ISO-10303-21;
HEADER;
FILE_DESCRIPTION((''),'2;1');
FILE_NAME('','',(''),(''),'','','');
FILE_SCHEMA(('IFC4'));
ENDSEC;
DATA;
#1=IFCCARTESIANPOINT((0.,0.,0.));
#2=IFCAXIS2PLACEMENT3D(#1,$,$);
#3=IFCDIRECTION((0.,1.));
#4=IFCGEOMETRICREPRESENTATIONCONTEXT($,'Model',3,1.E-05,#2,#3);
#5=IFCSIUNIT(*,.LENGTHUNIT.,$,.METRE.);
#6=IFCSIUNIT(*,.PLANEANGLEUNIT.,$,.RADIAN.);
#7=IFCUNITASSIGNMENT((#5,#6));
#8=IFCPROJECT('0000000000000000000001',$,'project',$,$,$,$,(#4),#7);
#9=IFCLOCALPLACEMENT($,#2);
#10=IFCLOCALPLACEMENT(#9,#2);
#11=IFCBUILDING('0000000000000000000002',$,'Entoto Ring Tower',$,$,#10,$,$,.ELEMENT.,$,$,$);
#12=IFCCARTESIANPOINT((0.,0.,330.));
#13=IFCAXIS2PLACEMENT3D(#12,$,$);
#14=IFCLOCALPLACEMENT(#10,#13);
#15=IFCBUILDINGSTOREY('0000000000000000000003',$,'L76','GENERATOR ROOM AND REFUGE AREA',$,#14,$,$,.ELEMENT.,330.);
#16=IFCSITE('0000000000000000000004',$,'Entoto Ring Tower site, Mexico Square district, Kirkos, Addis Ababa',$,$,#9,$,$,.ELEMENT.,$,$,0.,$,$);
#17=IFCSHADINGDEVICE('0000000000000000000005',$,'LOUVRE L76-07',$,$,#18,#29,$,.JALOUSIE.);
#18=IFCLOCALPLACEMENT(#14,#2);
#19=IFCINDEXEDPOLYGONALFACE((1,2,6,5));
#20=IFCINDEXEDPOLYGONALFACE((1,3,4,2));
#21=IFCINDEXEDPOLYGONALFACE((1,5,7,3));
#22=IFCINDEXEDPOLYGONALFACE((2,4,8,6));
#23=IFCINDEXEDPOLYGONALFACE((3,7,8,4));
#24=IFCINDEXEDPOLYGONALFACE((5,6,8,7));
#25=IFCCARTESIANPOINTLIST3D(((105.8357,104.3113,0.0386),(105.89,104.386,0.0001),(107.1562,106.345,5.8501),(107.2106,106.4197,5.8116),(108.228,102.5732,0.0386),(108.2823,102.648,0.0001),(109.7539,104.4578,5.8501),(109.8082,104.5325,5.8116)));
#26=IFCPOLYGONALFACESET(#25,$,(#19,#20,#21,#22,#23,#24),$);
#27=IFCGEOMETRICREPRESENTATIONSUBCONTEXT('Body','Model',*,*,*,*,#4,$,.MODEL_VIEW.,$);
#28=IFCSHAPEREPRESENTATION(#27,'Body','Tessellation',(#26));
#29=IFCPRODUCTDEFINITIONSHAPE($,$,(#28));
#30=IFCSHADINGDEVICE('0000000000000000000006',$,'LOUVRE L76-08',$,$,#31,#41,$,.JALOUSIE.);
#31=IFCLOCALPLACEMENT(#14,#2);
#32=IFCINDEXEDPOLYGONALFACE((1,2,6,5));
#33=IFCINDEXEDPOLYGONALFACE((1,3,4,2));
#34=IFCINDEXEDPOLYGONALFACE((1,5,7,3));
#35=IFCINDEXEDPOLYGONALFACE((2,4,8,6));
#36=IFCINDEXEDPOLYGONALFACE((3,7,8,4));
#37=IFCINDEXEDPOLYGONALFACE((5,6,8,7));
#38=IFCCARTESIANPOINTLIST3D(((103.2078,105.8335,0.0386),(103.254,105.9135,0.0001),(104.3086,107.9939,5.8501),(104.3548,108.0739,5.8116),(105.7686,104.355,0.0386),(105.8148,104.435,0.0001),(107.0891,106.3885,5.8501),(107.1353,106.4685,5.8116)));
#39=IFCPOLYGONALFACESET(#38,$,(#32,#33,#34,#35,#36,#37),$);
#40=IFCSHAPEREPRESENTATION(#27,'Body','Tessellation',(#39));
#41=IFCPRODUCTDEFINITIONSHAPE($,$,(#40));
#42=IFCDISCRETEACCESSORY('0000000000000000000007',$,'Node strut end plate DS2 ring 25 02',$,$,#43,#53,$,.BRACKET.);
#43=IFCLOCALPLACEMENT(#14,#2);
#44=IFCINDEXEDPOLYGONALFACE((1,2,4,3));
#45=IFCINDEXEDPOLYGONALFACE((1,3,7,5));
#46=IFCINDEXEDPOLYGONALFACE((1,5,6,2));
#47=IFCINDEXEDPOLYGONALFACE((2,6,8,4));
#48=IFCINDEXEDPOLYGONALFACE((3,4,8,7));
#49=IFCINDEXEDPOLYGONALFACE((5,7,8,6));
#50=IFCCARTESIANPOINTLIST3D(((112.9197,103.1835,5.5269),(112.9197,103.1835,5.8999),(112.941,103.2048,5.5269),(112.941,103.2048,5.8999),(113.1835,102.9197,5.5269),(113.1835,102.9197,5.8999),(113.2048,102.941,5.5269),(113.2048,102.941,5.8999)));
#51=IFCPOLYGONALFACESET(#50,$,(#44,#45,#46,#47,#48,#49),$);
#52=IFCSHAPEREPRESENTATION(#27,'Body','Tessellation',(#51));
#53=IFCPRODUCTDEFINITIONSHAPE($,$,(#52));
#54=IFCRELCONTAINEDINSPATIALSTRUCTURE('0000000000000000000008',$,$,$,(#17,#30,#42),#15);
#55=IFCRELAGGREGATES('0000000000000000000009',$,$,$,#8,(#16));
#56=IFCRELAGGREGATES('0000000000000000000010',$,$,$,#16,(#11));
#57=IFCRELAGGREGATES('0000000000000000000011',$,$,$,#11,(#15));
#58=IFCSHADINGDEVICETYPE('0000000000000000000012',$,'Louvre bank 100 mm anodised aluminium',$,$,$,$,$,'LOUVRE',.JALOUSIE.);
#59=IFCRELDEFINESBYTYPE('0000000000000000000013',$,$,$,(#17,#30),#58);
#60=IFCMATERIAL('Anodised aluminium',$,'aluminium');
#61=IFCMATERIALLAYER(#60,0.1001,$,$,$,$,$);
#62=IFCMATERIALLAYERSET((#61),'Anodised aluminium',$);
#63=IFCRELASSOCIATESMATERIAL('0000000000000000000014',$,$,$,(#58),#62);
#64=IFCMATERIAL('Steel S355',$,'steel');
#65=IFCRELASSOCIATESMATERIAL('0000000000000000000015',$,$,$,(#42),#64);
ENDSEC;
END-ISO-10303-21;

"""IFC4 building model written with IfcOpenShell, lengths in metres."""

from ifc_helpers import new_model, si_unit, direction, frame, origin, origin_2d, place, context, subcontext, project, spatial, polyline, rectangle, outline, extrude, material, layer, layer_set, type_object, element, save


model = new_model("IFC4")

# Units and contexts
model_context = context("Model", 3, precision=1e-05, world=origin(), true_north=direction((0.0, 1.0)))
body_context = subcontext(model_context, "Body", "Model", "MODEL_VIEW")
ifc_project = project(units=[si_unit("LENGTHUNIT", "METRE"), si_unit("PLANEANGLEUNIT", "RADIAN")], contexts=[model_context])

# Site, building, storey
site_placement = place(None, origin())
site = spatial("IfcSite", under=ifc_project, at=site_placement, Name="Entoto Ring Tower site, Mexico Square district, Kirkos, Addis Ababa", CompositionType="ELEMENT", RefElevation=0.0)
building_placement = place(site_placement, origin())
building = spatial("IfcBuilding", under=site, at=building_placement, Name="Entoto Ring Tower", CompositionType="ELEMENT")
storey_placement = place(building_placement, frame((0.0, 0.0, 330.0)))
storey = spatial("IfcBuildingStorey", under=building, at=storey_placement, Name="L76", Description="GENERATOR ROOM AND REFUGE AREA", CompositionType="ELEMENT", Elevation=330.0)

# Shading devices
ifc_material_1 = material(Name="Anodised aluminium", Category="aluminium")
ifc_layer_1 = layer(ifc_material_1, 0.1001)
ifc_layer_set_1 = layer_set([ifc_layer_1], Name="Anodised aluminium")
shading_device_type = type_object("IfcShadingDeviceType", Name="Louvre bank 100 mm anodised aluminium", ElementType="LOUVRE", PredefinedType="JALOUSIE", material=ifc_layer_set_1)
shading_device_1_placement = place(storey_placement, frame((108.228, 102.5732, 0.0386), z_axis=(-0.542551, -0.746798, 0.384619), x_axis=(-0.809032, 0.587764, 0.0)))
element("IfcShadingDevice", 1, at=shading_device_1_placement, inside=storey, type_object=shading_device_type, Name="LOUVRE L76-07", PredefinedType="JALOUSIE", context=body_context, shape_type="SweptSolid", body=[
    extrude(outline(polyline([(0.0, 0.0), (2.957, 0.0), (3.084, -6.2958), (-0.1268, -6.2958), (0.0, 0.0)])), origin(), (0.0, 0.0, -1.0), 0.1001),
])
shading_device_2_placement = place(storey_placement, frame((105.7686, 104.355, 0.0386), z_axis=(-0.461562, -0.799403, 0.384598), x_axis=(-0.866014, 0.50002, -0.000005)))
element("IfcShadingDevice", 2, at=shading_device_2_placement, inside=storey, type_object=shading_device_type, Name="LOUVRE L76-08", PredefinedType="JALOUSIE", context=body_context, shape_type="SweptSolid", body=[
    extrude(outline(polyline([(0.0, 0.0), (2.957, 0.0), (3.0839, -6.2958), (-0.1269, -6.2958), (0.0, 0.0)])), origin(), (0.0, 0.0, -1.0), 0.1001),
])

# Discrete accessory
ifc_material_2 = material(Name="Steel S355", Category="steel")
discrete_accessory_placement = place(storey_placement, frame((113.0623, 103.0623, 5.5269), z_axis=(0.0, 0.0, 1.0), x_axis=(0.707107, 0.707107, 0.0)))
element("IfcDiscreteAccessory", 3, at=discrete_accessory_placement, inside=storey, material=ifc_material_2, Name="Node strut end plate DS2 ring 25 02", PredefinedType="BRACKET", context=body_context, shape_type="SweptSolid", body=[
    extrude(rectangle(XDim=0.03, YDim=0.373, at=origin_2d()), origin(), (0.0, 0.0, 1.0), 0.373),
])

save(model, "model.ifc")
